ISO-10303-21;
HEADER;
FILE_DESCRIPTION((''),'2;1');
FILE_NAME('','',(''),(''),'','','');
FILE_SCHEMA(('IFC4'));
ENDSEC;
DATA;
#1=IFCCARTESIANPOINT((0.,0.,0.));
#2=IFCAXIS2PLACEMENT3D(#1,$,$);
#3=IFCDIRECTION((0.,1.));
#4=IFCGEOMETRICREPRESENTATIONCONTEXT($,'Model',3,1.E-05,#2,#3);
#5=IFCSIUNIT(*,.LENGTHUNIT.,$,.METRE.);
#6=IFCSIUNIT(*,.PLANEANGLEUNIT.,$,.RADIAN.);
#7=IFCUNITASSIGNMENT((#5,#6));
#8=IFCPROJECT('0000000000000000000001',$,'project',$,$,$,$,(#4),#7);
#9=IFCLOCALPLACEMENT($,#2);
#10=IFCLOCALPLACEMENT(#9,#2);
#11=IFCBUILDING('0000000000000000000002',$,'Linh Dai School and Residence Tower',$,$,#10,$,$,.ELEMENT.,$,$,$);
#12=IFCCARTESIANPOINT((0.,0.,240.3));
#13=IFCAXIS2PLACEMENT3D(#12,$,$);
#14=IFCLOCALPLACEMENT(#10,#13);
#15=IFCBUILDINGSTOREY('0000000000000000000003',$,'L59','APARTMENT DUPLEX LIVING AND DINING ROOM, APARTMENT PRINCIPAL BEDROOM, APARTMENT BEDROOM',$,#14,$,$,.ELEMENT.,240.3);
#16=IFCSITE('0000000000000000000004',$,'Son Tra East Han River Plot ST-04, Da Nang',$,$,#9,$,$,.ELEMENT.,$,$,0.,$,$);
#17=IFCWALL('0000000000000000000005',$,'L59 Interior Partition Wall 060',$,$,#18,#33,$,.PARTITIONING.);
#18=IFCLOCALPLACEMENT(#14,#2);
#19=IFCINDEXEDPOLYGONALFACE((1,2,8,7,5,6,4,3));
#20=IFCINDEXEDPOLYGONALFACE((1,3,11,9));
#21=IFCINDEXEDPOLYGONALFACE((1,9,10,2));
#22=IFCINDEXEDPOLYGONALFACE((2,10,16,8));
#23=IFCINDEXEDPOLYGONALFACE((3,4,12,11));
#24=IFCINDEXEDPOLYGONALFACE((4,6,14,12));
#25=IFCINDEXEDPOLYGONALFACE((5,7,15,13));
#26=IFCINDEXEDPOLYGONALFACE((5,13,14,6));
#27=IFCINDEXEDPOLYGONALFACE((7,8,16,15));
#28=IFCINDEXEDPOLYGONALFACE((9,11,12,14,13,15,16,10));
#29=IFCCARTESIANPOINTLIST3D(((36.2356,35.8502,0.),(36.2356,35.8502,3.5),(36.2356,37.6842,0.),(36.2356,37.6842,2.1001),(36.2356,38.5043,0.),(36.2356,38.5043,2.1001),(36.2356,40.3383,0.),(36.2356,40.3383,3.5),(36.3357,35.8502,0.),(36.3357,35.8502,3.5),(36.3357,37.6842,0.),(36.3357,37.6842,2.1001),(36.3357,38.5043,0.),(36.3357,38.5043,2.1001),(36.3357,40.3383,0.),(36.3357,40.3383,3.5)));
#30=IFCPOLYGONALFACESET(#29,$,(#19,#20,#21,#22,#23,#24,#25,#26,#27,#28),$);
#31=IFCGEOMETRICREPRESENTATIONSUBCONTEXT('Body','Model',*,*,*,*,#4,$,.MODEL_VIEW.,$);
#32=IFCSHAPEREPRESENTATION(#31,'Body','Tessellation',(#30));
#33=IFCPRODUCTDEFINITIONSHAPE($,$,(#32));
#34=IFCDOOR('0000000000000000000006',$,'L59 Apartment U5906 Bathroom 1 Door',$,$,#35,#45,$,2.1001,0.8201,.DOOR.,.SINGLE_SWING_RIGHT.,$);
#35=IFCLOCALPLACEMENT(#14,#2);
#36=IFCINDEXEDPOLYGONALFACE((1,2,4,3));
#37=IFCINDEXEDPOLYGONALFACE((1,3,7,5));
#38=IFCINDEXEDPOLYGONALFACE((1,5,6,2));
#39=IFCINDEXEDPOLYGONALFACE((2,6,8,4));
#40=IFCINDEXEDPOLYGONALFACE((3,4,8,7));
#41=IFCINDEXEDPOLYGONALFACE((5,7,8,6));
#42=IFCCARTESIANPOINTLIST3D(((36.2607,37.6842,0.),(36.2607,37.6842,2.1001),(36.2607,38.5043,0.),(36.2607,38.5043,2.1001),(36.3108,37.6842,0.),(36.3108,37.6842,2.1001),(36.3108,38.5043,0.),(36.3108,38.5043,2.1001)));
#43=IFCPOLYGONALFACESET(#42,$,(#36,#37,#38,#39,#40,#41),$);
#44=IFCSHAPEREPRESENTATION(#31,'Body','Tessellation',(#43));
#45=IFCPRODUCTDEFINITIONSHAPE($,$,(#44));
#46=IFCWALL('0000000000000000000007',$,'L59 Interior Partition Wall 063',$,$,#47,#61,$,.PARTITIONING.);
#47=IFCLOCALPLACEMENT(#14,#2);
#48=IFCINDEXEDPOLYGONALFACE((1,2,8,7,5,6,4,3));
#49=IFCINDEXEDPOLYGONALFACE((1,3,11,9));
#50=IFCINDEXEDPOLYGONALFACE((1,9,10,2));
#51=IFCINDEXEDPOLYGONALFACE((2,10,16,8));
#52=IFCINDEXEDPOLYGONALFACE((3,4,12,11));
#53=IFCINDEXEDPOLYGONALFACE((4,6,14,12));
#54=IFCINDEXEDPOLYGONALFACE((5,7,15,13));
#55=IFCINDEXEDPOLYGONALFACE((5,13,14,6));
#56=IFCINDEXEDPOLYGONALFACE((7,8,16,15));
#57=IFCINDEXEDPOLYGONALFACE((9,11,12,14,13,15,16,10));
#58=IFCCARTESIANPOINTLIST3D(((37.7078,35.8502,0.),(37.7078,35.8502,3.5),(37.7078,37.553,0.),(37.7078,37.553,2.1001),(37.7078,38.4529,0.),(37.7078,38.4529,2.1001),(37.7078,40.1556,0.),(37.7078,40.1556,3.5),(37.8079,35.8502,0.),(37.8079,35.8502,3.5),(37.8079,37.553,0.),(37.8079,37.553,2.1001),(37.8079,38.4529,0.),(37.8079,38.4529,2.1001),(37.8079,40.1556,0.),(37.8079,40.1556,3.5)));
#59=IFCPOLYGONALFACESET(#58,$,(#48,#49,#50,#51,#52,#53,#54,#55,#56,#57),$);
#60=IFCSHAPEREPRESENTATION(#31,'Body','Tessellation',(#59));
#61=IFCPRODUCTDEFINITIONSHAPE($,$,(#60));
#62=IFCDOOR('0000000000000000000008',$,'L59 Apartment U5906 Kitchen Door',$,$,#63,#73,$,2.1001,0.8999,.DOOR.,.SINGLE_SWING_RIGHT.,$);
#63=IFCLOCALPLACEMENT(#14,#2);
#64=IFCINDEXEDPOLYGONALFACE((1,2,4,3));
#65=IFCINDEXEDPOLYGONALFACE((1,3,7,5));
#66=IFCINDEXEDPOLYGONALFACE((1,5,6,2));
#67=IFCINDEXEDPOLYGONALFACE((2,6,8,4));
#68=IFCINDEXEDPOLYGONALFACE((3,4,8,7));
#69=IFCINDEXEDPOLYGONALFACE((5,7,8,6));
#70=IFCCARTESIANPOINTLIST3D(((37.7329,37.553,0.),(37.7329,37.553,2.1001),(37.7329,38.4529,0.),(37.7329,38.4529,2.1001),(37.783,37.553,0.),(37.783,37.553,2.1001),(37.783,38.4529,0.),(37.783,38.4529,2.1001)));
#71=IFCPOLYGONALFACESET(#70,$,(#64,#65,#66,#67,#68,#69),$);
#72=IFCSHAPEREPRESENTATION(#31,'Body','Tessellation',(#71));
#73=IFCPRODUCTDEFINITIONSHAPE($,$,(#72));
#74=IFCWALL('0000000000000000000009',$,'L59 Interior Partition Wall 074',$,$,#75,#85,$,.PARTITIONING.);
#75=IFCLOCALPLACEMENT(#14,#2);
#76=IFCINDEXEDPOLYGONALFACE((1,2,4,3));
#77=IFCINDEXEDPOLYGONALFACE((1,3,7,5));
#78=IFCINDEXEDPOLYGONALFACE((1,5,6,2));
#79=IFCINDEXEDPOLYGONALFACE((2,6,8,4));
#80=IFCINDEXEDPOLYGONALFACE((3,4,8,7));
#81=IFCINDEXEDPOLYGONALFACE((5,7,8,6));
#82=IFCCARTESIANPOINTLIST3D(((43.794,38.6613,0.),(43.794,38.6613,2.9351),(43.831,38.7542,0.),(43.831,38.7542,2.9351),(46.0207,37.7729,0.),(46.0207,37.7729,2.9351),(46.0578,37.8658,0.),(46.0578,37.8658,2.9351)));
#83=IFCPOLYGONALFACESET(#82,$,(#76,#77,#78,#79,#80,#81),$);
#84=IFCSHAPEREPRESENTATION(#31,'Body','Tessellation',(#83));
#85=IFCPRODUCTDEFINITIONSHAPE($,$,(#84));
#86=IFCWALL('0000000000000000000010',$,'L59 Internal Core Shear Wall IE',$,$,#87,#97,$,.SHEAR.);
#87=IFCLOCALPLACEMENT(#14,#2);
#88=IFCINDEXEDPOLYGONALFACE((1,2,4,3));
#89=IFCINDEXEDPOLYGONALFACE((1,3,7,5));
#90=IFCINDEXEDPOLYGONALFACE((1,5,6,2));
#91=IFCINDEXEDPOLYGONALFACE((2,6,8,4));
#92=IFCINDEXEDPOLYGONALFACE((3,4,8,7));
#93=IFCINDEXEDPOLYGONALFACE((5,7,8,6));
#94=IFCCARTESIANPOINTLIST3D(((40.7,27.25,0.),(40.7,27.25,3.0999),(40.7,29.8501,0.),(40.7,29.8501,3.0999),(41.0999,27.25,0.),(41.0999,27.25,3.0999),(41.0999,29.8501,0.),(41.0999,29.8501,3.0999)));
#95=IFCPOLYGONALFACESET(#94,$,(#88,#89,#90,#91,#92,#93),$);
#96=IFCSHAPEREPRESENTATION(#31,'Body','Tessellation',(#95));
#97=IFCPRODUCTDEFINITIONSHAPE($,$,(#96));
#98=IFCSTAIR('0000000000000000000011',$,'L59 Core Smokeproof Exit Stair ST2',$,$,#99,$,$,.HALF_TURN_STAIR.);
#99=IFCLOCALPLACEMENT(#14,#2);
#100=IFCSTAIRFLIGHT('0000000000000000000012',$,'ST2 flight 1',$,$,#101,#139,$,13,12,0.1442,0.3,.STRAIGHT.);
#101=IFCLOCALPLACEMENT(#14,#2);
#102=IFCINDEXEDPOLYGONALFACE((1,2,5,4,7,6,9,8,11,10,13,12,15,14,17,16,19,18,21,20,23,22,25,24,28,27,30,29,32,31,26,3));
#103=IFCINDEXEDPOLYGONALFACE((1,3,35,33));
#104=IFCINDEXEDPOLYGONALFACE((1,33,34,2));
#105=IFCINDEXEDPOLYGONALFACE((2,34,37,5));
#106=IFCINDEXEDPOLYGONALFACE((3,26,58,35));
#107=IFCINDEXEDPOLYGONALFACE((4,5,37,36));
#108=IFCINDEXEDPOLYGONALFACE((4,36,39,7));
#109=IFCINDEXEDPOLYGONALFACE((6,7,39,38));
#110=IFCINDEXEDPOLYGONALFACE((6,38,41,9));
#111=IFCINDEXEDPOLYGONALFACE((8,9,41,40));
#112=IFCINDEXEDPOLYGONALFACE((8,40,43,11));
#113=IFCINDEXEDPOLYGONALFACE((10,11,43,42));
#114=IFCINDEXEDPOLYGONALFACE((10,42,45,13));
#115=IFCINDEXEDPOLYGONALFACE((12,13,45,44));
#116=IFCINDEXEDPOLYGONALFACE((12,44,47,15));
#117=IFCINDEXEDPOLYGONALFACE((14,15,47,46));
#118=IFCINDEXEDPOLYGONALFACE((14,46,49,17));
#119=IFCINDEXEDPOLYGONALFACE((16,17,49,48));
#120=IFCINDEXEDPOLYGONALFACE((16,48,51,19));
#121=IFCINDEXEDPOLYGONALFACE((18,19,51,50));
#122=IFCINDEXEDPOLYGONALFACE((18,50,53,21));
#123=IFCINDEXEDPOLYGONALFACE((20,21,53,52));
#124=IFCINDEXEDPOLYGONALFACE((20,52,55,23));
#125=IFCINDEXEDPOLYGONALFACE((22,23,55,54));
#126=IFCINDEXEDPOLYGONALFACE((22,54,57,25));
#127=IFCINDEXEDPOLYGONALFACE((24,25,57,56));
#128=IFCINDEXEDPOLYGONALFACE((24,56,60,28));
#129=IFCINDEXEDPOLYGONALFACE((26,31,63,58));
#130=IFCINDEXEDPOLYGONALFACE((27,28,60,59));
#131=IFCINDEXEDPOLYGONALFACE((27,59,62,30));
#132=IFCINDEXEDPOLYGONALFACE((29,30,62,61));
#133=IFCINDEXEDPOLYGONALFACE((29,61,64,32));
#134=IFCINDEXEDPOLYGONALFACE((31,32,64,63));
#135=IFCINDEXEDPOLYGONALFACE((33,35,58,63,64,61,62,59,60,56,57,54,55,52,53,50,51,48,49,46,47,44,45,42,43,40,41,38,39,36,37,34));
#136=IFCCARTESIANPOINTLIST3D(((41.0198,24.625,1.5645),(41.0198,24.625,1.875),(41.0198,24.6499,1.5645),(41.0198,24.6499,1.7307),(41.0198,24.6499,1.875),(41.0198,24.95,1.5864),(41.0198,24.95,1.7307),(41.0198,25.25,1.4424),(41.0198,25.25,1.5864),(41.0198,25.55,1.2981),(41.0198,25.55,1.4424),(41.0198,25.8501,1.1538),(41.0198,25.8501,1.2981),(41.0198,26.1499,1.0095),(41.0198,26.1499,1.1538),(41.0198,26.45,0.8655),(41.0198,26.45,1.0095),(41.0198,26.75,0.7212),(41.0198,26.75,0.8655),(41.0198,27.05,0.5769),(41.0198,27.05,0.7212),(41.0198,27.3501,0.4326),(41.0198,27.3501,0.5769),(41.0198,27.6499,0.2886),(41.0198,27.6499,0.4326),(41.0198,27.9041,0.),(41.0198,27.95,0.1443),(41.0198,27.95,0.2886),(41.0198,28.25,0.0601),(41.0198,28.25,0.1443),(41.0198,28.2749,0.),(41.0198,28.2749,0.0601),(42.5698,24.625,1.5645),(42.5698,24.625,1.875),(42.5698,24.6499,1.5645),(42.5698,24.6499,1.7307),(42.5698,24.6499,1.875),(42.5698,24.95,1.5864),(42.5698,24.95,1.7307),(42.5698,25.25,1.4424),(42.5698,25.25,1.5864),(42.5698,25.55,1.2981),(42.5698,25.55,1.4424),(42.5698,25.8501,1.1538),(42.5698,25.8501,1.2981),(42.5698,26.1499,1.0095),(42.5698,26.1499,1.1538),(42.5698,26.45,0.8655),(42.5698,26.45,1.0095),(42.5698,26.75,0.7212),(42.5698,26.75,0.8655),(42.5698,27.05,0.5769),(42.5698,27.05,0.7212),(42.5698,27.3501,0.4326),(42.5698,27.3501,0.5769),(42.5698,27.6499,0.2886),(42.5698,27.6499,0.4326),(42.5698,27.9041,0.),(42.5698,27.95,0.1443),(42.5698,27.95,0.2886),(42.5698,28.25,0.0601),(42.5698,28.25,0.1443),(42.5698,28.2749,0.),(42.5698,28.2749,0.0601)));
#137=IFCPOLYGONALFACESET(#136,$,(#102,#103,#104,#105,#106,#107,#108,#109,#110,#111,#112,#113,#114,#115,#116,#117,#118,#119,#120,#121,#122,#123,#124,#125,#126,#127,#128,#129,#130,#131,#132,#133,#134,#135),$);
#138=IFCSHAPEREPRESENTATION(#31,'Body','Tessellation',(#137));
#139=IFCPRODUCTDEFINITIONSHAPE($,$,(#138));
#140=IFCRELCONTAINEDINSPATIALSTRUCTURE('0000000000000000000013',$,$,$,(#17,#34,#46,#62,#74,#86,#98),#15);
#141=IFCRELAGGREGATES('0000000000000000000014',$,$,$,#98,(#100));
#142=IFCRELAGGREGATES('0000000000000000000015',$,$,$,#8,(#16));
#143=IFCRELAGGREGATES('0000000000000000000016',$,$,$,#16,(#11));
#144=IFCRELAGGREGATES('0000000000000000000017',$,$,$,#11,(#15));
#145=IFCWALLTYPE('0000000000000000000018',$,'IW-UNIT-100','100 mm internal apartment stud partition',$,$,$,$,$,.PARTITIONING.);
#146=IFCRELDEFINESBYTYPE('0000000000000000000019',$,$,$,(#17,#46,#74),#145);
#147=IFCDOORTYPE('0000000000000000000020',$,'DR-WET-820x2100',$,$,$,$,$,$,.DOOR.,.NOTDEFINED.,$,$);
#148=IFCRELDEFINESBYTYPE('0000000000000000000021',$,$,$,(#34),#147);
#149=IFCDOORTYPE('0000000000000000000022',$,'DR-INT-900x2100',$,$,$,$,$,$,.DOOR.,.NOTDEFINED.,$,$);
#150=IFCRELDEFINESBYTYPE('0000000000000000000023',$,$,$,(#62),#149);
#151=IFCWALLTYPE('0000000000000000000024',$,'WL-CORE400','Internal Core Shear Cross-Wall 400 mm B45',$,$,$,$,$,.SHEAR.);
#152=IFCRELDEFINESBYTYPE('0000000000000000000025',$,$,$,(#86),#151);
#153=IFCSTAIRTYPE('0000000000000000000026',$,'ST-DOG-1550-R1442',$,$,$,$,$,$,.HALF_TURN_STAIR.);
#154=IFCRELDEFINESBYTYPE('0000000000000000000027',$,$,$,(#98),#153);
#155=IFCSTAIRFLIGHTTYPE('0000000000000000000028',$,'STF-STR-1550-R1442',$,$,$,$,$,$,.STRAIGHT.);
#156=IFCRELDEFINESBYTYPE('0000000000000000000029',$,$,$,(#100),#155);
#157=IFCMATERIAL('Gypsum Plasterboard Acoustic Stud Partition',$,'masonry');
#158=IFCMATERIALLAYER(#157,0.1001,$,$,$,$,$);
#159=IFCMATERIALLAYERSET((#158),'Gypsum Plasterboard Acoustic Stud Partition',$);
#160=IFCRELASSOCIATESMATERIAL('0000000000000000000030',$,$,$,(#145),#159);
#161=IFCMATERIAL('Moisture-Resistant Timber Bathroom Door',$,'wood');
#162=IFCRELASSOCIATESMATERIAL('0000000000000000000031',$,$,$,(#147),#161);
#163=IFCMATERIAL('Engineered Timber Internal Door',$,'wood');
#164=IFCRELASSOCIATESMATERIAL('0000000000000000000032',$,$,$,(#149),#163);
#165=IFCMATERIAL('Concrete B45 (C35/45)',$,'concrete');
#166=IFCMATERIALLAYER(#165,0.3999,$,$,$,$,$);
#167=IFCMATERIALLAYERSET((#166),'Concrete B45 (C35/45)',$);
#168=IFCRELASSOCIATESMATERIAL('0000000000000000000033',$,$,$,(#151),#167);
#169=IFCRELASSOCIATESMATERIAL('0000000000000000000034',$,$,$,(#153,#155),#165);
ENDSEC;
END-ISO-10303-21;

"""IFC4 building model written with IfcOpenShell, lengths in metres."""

from ifc_helpers import new_model, si_unit, direction, frame, frame_2d, origin, origin_2d, place, context, subcontext, project, spatial, polyline, rectangle, outline, extrude, source, transform, mapped, material, layer, layer_set, type_object, element, fill, aggregate, save


model = new_model("IFC4")

# Units and contexts
model_context = context("Model", 3, precision=1e-05, world=origin(), true_north=direction((0.0, 1.0)))
body_context = subcontext(model_context, "Body", "Model", "MODEL_VIEW")
ifc_project = project(units=[si_unit("LENGTHUNIT", "METRE"), si_unit("PLANEANGLEUNIT", "RADIAN")], contexts=[model_context])

# Site, building, storey
site_placement = place(None, origin())
site = spatial("IfcSite", under=ifc_project, at=site_placement, Name="Son Tra East Han River Plot ST-04, Da Nang", CompositionType="ELEMENT", RefElevation=0.0)
building_placement = place(site_placement, origin())
building = spatial("IfcBuilding", under=site, at=building_placement, Name="Linh Dai School and Residence Tower", CompositionType="ELEMENT")
storey_placement = place(building_placement, frame((0.0, 0.0, 240.3)))
storey = spatial("IfcBuildingStorey", under=building, at=storey_placement, Name="L59", Description="APARTMENT DUPLEX LIVING AND DINING ROOM, APARTMENT PRINCIPAL BEDROOM, APARTMENT BEDROOM", CompositionType="ELEMENT", Elevation=240.3)

# Shared definitions
ifc_material_1 = material(Name="Concrete B45 (C35/45)", Category="concrete")

# Walls, openings, doors
ifc_material_2 = material(Name="Gypsum Plasterboard Acoustic Stud Partition", Category="masonry")
ifc_layer_1 = layer(ifc_material_2, 0.1001)
ifc_layer_set_1 = layer_set([ifc_layer_1], Name="Gypsum Plasterboard Acoustic Stud Partition")
wall_type_1 = type_object("IfcWallType", Name="IW-UNIT-100", Description="100 mm internal apartment stud partition", PredefinedType="PARTITIONING", material=ifc_layer_set_1)
wall_1_placement = place(storey_placement, frame((36.2856, 35.8501, 0.0), z_axis=(0.0, 0.0, 1.0), x_axis=(0.0, 1.0, 0.0)))
wall_1 = element("IfcWall", 1, at=wall_1_placement, inside=storey, type_object=wall_type_1, Name="L59 Interior Partition Wall 060", PredefinedType="PARTITIONING", context=body_context, shape_type="SweptSolid", body=[
    extrude(rectangle(XDim=4.488, YDim=0.1001, at=frame_2d((2.2441, 0.0))), origin(), (0.0, 0.0, 1.0), 3.5),
])
opening_1_placement = place(wall_1_placement, frame((1.834, 0.0, 0.0)))
opening_1 = element("IfcOpeningElement", 2, at=opening_1_placement, cuts=wall_1, PredefinedType="OPENING", context=body_context, shape_type="SweptSolid", body=[
    extrude(rectangle(XDim=0.8201, YDim=2.1001, at=origin_2d()), frame((0.4102, 0.0601, 1.05), z_axis=(0.0, -1.0, 0.0), x_axis=(1.0, 0.0, 0.0)), (0.0, 0.0, 1.0), 0.1201),
])
ifc_material_3 = material(Name="Moisture-Resistant Timber Bathroom Door", Category="wood")
door_type_1 = type_object("IfcDoorType", Name="DR-WET-820x2100", OperationType="NOTDEFINED", PredefinedType="DOOR", material=ifc_material_3)
shared_shape_1 = source(origin(), body_context, "Body", "SweptSolid", [
    extrude(rectangle(XDim=0.8201, YDim=2.1001, at=origin_2d()), frame((0.4102, 0.0249, 1.05), z_axis=(0.0, -1.0, 0.0), x_axis=(1.0, 0.0, 0.0)), (0.0, 0.0, 1.0), 0.05),
])
door_1_placement = place(opening_1_placement, origin())
door_1 = element("IfcDoor", 3, at=door_1_placement, inside=storey, type_object=door_type_1, Name="L59 Apartment U5906 Bathroom 1 Door", OperationType="SINGLE_SWING_RIGHT", OverallHeight=2.1001, OverallWidth=0.8201, PredefinedType="DOOR", context=body_context, shape_type="MappedRepresentation", body=[
    mapped(shared_shape_1, transform((0.0, 0.0, 0.0), x_axis=(1.0, 0.0, 0.0), y_axis=(0.0, 1.0, 0.0), z_axis=(0.0, 0.0, 1.0), scale=1.0)),
])
fill(opening_1, door_1)
wall_2_placement = place(storey_placement, frame((37.7578, 35.8501, 0.0), z_axis=(0.0, 0.0, 1.0), x_axis=(0.0, 1.0, 0.0)))
wall_2 = element("IfcWall", 4, at=wall_2_placement, inside=storey, type_object=wall_type_1, Name="L59 Interior Partition Wall 063", PredefinedType="PARTITIONING", context=body_context, shape_type="SweptSolid", body=[
    extrude(rectangle(XDim=4.3054, YDim=0.1001, at=frame_2d((2.1528, 0.0))), origin(), (0.0, 0.0, 1.0), 3.5),
])
opening_2_placement = place(wall_2_placement, frame((1.7029, 0.0, 0.0)))
opening_2 = element("IfcOpeningElement", 5, at=opening_2_placement, cuts=wall_2, PredefinedType="OPENING", context=body_context, shape_type="SweptSolid", body=[
    extrude(rectangle(XDim=0.8999, YDim=2.1001, at=origin_2d()), frame((0.45, 0.0601, 1.05), z_axis=(0.0, -1.0, 0.0), x_axis=(1.0, 0.0, 0.0)), (0.0, 0.0, 1.0), 0.1201),
])
ifc_material_4 = material(Name="Engineered Timber Internal Door", Category="wood")
door_type_2 = type_object("IfcDoorType", Name="DR-INT-900x2100", OperationType="NOTDEFINED", PredefinedType="DOOR", material=ifc_material_4)
shared_shape_2 = source(origin(), body_context, "Body", "SweptSolid", [
    extrude(rectangle(XDim=0.8999, YDim=2.1001, at=origin_2d()), frame((0.45, 0.0249, 1.05), z_axis=(0.0, -1.0, 0.0), x_axis=(1.0, 0.0, 0.0)), (0.0, 0.0, 1.0), 0.05),
])
door_2_placement = place(opening_2_placement, origin())
door_2 = element("IfcDoor", 6, at=door_2_placement, inside=storey, type_object=door_type_2, Name="L59 Apartment U5906 Kitchen Door", OperationType="SINGLE_SWING_RIGHT", OverallHeight=2.1001, OverallWidth=0.8999, PredefinedType="DOOR", context=body_context, shape_type="MappedRepresentation", body=[
    mapped(shared_shape_2, transform((0.0, 0.0, 0.0), x_axis=(1.0, 0.0, 0.0), y_axis=(0.0, 1.0, 0.0), z_axis=(0.0, 0.0, 1.0), scale=1.0)),
])
fill(opening_2, door_2)

# Walls
wall_3_placement = place(storey_placement, frame((43.8125, 38.7078, 0.0), z_axis=(0.0, 0.0, 1.0), x_axis=(0.928806, -0.370565, 0.0)))
element("IfcWall", 7, at=wall_3_placement, inside=storey, type_object=wall_type_1, Name="L59 Interior Partition Wall 074", PredefinedType="PARTITIONING", context=body_context, shape_type="SweptSolid", body=[
    extrude(rectangle(XDim=2.3975, YDim=0.1001, at=frame_2d((1.1987, 0.0))), origin(), (0.0, 0.0, 1.0), 2.9351),
])
ifc_layer_2 = layer(ifc_material_1, 0.3999)
ifc_layer_set_2 = layer_set([ifc_layer_2], Name="Concrete B45 (C35/45)")
wall_type_2 = type_object("IfcWallType", Name="WL-CORE400", Description="Internal Core Shear Cross-Wall 400 mm B45", PredefinedType="SHEAR", material=ifc_layer_set_2)
wall_4_placement = place(storey_placement, frame((40.8999, 27.25, 0.0), z_axis=(0.0, 0.0, 1.0), x_axis=(0.0, 1.0, 0.0)))
element("IfcWall", 8, at=wall_4_placement, inside=storey, type_object=wall_type_2, Name="L59 Internal Core Shear Wall IE", PredefinedType="SHEAR", context=body_context, shape_type="SweptSolid", body=[
    extrude(rectangle(XDim=2.6001, YDim=0.3999, at=frame_2d((1.3, 0.0))), origin(), (0.0, 0.0, 1.0), 3.0999),
])

# Stair, stair flight
stair_type = type_object("IfcStairType", Name="ST-DOG-1550-R1442", PredefinedType="HALF_TURN_STAIR", material=ifc_material_1)
stair_placement = place(storey_placement, origin())
stair = element("IfcStair", 9, at=stair_placement, inside=storey, type_object=stair_type, Name="L59 Core Smokeproof Exit Stair ST2", PredefinedType="HALF_TURN_STAIR")
stair_flight_type = type_object("IfcStairFlightType", Name="STF-STR-1550-R1442", PredefinedType="STRAIGHT", material=ifc_material_1)
shared_shape_3 = source(origin(), body_context, "Body", "SweptSolid", [
    extrude(outline(polyline([(-0.0249, 0.0), (-0.0249, 0.0601), (0.0, 0.0601), (0.0, 0.1443), (0.3, 0.1443), (0.3, 0.2886), (0.6001, 0.2886), (0.6001, 0.4326), (0.8999, 0.4326), (0.8999, 0.5769), (1.2, 0.5769), (1.2, 0.7212), (1.5, 0.7212), (1.5, 0.8655), (1.8, 0.8655), (1.8, 1.0095), (2.1001, 1.0095), (2.1001, 1.1538), (2.3999, 1.1538), (2.3999, 1.2981), (2.7, 1.2981), (2.7, 1.4424), (3.0, 1.4424), (3.0, 1.5864), (3.3, 1.5864), (3.3, 1.7307), (3.6001, 1.7307), (3.6001, 1.875), (3.625, 1.875), (3.625, 1.5645), (3.6001, 1.5645), (0.3459, 0.0), (-0.0249, 0.0)])), frame((0.0, 0.7749, 0.0), z_axis=(0.0, -1.0, 0.0), x_axis=(1.0, 0.0, 0.0)), (0.0, 0.0, 1.0), 1.55),
])
stair_flight_placement = place(storey_placement, frame((41.7949, 28.25, 0.0), z_axis=(0.0, 0.0, 1.0), x_axis=(0.0, -1.0, 0.0)))
stair_flight = element("IfcStairFlight", 10, at=stair_flight_placement, type_object=stair_flight_type, Name="ST2 flight 1", NumberOfRisers=13, NumberOfTreads=12, PredefinedType="STRAIGHT", RiserHeight=0.1442, TreadLength=0.3, context=body_context, shape_type="MappedRepresentation", body=[
    mapped(shared_shape_3, transform((0.0, 0.0, 0.0), x_axis=(1.0, 0.0, 0.0), y_axis=(0.0, 1.0, 0.0), z_axis=(0.0, 0.0, 1.0), scale=1.0)),
])
aggregate(stair, [stair_flight])

save(model, "model.ifc")
